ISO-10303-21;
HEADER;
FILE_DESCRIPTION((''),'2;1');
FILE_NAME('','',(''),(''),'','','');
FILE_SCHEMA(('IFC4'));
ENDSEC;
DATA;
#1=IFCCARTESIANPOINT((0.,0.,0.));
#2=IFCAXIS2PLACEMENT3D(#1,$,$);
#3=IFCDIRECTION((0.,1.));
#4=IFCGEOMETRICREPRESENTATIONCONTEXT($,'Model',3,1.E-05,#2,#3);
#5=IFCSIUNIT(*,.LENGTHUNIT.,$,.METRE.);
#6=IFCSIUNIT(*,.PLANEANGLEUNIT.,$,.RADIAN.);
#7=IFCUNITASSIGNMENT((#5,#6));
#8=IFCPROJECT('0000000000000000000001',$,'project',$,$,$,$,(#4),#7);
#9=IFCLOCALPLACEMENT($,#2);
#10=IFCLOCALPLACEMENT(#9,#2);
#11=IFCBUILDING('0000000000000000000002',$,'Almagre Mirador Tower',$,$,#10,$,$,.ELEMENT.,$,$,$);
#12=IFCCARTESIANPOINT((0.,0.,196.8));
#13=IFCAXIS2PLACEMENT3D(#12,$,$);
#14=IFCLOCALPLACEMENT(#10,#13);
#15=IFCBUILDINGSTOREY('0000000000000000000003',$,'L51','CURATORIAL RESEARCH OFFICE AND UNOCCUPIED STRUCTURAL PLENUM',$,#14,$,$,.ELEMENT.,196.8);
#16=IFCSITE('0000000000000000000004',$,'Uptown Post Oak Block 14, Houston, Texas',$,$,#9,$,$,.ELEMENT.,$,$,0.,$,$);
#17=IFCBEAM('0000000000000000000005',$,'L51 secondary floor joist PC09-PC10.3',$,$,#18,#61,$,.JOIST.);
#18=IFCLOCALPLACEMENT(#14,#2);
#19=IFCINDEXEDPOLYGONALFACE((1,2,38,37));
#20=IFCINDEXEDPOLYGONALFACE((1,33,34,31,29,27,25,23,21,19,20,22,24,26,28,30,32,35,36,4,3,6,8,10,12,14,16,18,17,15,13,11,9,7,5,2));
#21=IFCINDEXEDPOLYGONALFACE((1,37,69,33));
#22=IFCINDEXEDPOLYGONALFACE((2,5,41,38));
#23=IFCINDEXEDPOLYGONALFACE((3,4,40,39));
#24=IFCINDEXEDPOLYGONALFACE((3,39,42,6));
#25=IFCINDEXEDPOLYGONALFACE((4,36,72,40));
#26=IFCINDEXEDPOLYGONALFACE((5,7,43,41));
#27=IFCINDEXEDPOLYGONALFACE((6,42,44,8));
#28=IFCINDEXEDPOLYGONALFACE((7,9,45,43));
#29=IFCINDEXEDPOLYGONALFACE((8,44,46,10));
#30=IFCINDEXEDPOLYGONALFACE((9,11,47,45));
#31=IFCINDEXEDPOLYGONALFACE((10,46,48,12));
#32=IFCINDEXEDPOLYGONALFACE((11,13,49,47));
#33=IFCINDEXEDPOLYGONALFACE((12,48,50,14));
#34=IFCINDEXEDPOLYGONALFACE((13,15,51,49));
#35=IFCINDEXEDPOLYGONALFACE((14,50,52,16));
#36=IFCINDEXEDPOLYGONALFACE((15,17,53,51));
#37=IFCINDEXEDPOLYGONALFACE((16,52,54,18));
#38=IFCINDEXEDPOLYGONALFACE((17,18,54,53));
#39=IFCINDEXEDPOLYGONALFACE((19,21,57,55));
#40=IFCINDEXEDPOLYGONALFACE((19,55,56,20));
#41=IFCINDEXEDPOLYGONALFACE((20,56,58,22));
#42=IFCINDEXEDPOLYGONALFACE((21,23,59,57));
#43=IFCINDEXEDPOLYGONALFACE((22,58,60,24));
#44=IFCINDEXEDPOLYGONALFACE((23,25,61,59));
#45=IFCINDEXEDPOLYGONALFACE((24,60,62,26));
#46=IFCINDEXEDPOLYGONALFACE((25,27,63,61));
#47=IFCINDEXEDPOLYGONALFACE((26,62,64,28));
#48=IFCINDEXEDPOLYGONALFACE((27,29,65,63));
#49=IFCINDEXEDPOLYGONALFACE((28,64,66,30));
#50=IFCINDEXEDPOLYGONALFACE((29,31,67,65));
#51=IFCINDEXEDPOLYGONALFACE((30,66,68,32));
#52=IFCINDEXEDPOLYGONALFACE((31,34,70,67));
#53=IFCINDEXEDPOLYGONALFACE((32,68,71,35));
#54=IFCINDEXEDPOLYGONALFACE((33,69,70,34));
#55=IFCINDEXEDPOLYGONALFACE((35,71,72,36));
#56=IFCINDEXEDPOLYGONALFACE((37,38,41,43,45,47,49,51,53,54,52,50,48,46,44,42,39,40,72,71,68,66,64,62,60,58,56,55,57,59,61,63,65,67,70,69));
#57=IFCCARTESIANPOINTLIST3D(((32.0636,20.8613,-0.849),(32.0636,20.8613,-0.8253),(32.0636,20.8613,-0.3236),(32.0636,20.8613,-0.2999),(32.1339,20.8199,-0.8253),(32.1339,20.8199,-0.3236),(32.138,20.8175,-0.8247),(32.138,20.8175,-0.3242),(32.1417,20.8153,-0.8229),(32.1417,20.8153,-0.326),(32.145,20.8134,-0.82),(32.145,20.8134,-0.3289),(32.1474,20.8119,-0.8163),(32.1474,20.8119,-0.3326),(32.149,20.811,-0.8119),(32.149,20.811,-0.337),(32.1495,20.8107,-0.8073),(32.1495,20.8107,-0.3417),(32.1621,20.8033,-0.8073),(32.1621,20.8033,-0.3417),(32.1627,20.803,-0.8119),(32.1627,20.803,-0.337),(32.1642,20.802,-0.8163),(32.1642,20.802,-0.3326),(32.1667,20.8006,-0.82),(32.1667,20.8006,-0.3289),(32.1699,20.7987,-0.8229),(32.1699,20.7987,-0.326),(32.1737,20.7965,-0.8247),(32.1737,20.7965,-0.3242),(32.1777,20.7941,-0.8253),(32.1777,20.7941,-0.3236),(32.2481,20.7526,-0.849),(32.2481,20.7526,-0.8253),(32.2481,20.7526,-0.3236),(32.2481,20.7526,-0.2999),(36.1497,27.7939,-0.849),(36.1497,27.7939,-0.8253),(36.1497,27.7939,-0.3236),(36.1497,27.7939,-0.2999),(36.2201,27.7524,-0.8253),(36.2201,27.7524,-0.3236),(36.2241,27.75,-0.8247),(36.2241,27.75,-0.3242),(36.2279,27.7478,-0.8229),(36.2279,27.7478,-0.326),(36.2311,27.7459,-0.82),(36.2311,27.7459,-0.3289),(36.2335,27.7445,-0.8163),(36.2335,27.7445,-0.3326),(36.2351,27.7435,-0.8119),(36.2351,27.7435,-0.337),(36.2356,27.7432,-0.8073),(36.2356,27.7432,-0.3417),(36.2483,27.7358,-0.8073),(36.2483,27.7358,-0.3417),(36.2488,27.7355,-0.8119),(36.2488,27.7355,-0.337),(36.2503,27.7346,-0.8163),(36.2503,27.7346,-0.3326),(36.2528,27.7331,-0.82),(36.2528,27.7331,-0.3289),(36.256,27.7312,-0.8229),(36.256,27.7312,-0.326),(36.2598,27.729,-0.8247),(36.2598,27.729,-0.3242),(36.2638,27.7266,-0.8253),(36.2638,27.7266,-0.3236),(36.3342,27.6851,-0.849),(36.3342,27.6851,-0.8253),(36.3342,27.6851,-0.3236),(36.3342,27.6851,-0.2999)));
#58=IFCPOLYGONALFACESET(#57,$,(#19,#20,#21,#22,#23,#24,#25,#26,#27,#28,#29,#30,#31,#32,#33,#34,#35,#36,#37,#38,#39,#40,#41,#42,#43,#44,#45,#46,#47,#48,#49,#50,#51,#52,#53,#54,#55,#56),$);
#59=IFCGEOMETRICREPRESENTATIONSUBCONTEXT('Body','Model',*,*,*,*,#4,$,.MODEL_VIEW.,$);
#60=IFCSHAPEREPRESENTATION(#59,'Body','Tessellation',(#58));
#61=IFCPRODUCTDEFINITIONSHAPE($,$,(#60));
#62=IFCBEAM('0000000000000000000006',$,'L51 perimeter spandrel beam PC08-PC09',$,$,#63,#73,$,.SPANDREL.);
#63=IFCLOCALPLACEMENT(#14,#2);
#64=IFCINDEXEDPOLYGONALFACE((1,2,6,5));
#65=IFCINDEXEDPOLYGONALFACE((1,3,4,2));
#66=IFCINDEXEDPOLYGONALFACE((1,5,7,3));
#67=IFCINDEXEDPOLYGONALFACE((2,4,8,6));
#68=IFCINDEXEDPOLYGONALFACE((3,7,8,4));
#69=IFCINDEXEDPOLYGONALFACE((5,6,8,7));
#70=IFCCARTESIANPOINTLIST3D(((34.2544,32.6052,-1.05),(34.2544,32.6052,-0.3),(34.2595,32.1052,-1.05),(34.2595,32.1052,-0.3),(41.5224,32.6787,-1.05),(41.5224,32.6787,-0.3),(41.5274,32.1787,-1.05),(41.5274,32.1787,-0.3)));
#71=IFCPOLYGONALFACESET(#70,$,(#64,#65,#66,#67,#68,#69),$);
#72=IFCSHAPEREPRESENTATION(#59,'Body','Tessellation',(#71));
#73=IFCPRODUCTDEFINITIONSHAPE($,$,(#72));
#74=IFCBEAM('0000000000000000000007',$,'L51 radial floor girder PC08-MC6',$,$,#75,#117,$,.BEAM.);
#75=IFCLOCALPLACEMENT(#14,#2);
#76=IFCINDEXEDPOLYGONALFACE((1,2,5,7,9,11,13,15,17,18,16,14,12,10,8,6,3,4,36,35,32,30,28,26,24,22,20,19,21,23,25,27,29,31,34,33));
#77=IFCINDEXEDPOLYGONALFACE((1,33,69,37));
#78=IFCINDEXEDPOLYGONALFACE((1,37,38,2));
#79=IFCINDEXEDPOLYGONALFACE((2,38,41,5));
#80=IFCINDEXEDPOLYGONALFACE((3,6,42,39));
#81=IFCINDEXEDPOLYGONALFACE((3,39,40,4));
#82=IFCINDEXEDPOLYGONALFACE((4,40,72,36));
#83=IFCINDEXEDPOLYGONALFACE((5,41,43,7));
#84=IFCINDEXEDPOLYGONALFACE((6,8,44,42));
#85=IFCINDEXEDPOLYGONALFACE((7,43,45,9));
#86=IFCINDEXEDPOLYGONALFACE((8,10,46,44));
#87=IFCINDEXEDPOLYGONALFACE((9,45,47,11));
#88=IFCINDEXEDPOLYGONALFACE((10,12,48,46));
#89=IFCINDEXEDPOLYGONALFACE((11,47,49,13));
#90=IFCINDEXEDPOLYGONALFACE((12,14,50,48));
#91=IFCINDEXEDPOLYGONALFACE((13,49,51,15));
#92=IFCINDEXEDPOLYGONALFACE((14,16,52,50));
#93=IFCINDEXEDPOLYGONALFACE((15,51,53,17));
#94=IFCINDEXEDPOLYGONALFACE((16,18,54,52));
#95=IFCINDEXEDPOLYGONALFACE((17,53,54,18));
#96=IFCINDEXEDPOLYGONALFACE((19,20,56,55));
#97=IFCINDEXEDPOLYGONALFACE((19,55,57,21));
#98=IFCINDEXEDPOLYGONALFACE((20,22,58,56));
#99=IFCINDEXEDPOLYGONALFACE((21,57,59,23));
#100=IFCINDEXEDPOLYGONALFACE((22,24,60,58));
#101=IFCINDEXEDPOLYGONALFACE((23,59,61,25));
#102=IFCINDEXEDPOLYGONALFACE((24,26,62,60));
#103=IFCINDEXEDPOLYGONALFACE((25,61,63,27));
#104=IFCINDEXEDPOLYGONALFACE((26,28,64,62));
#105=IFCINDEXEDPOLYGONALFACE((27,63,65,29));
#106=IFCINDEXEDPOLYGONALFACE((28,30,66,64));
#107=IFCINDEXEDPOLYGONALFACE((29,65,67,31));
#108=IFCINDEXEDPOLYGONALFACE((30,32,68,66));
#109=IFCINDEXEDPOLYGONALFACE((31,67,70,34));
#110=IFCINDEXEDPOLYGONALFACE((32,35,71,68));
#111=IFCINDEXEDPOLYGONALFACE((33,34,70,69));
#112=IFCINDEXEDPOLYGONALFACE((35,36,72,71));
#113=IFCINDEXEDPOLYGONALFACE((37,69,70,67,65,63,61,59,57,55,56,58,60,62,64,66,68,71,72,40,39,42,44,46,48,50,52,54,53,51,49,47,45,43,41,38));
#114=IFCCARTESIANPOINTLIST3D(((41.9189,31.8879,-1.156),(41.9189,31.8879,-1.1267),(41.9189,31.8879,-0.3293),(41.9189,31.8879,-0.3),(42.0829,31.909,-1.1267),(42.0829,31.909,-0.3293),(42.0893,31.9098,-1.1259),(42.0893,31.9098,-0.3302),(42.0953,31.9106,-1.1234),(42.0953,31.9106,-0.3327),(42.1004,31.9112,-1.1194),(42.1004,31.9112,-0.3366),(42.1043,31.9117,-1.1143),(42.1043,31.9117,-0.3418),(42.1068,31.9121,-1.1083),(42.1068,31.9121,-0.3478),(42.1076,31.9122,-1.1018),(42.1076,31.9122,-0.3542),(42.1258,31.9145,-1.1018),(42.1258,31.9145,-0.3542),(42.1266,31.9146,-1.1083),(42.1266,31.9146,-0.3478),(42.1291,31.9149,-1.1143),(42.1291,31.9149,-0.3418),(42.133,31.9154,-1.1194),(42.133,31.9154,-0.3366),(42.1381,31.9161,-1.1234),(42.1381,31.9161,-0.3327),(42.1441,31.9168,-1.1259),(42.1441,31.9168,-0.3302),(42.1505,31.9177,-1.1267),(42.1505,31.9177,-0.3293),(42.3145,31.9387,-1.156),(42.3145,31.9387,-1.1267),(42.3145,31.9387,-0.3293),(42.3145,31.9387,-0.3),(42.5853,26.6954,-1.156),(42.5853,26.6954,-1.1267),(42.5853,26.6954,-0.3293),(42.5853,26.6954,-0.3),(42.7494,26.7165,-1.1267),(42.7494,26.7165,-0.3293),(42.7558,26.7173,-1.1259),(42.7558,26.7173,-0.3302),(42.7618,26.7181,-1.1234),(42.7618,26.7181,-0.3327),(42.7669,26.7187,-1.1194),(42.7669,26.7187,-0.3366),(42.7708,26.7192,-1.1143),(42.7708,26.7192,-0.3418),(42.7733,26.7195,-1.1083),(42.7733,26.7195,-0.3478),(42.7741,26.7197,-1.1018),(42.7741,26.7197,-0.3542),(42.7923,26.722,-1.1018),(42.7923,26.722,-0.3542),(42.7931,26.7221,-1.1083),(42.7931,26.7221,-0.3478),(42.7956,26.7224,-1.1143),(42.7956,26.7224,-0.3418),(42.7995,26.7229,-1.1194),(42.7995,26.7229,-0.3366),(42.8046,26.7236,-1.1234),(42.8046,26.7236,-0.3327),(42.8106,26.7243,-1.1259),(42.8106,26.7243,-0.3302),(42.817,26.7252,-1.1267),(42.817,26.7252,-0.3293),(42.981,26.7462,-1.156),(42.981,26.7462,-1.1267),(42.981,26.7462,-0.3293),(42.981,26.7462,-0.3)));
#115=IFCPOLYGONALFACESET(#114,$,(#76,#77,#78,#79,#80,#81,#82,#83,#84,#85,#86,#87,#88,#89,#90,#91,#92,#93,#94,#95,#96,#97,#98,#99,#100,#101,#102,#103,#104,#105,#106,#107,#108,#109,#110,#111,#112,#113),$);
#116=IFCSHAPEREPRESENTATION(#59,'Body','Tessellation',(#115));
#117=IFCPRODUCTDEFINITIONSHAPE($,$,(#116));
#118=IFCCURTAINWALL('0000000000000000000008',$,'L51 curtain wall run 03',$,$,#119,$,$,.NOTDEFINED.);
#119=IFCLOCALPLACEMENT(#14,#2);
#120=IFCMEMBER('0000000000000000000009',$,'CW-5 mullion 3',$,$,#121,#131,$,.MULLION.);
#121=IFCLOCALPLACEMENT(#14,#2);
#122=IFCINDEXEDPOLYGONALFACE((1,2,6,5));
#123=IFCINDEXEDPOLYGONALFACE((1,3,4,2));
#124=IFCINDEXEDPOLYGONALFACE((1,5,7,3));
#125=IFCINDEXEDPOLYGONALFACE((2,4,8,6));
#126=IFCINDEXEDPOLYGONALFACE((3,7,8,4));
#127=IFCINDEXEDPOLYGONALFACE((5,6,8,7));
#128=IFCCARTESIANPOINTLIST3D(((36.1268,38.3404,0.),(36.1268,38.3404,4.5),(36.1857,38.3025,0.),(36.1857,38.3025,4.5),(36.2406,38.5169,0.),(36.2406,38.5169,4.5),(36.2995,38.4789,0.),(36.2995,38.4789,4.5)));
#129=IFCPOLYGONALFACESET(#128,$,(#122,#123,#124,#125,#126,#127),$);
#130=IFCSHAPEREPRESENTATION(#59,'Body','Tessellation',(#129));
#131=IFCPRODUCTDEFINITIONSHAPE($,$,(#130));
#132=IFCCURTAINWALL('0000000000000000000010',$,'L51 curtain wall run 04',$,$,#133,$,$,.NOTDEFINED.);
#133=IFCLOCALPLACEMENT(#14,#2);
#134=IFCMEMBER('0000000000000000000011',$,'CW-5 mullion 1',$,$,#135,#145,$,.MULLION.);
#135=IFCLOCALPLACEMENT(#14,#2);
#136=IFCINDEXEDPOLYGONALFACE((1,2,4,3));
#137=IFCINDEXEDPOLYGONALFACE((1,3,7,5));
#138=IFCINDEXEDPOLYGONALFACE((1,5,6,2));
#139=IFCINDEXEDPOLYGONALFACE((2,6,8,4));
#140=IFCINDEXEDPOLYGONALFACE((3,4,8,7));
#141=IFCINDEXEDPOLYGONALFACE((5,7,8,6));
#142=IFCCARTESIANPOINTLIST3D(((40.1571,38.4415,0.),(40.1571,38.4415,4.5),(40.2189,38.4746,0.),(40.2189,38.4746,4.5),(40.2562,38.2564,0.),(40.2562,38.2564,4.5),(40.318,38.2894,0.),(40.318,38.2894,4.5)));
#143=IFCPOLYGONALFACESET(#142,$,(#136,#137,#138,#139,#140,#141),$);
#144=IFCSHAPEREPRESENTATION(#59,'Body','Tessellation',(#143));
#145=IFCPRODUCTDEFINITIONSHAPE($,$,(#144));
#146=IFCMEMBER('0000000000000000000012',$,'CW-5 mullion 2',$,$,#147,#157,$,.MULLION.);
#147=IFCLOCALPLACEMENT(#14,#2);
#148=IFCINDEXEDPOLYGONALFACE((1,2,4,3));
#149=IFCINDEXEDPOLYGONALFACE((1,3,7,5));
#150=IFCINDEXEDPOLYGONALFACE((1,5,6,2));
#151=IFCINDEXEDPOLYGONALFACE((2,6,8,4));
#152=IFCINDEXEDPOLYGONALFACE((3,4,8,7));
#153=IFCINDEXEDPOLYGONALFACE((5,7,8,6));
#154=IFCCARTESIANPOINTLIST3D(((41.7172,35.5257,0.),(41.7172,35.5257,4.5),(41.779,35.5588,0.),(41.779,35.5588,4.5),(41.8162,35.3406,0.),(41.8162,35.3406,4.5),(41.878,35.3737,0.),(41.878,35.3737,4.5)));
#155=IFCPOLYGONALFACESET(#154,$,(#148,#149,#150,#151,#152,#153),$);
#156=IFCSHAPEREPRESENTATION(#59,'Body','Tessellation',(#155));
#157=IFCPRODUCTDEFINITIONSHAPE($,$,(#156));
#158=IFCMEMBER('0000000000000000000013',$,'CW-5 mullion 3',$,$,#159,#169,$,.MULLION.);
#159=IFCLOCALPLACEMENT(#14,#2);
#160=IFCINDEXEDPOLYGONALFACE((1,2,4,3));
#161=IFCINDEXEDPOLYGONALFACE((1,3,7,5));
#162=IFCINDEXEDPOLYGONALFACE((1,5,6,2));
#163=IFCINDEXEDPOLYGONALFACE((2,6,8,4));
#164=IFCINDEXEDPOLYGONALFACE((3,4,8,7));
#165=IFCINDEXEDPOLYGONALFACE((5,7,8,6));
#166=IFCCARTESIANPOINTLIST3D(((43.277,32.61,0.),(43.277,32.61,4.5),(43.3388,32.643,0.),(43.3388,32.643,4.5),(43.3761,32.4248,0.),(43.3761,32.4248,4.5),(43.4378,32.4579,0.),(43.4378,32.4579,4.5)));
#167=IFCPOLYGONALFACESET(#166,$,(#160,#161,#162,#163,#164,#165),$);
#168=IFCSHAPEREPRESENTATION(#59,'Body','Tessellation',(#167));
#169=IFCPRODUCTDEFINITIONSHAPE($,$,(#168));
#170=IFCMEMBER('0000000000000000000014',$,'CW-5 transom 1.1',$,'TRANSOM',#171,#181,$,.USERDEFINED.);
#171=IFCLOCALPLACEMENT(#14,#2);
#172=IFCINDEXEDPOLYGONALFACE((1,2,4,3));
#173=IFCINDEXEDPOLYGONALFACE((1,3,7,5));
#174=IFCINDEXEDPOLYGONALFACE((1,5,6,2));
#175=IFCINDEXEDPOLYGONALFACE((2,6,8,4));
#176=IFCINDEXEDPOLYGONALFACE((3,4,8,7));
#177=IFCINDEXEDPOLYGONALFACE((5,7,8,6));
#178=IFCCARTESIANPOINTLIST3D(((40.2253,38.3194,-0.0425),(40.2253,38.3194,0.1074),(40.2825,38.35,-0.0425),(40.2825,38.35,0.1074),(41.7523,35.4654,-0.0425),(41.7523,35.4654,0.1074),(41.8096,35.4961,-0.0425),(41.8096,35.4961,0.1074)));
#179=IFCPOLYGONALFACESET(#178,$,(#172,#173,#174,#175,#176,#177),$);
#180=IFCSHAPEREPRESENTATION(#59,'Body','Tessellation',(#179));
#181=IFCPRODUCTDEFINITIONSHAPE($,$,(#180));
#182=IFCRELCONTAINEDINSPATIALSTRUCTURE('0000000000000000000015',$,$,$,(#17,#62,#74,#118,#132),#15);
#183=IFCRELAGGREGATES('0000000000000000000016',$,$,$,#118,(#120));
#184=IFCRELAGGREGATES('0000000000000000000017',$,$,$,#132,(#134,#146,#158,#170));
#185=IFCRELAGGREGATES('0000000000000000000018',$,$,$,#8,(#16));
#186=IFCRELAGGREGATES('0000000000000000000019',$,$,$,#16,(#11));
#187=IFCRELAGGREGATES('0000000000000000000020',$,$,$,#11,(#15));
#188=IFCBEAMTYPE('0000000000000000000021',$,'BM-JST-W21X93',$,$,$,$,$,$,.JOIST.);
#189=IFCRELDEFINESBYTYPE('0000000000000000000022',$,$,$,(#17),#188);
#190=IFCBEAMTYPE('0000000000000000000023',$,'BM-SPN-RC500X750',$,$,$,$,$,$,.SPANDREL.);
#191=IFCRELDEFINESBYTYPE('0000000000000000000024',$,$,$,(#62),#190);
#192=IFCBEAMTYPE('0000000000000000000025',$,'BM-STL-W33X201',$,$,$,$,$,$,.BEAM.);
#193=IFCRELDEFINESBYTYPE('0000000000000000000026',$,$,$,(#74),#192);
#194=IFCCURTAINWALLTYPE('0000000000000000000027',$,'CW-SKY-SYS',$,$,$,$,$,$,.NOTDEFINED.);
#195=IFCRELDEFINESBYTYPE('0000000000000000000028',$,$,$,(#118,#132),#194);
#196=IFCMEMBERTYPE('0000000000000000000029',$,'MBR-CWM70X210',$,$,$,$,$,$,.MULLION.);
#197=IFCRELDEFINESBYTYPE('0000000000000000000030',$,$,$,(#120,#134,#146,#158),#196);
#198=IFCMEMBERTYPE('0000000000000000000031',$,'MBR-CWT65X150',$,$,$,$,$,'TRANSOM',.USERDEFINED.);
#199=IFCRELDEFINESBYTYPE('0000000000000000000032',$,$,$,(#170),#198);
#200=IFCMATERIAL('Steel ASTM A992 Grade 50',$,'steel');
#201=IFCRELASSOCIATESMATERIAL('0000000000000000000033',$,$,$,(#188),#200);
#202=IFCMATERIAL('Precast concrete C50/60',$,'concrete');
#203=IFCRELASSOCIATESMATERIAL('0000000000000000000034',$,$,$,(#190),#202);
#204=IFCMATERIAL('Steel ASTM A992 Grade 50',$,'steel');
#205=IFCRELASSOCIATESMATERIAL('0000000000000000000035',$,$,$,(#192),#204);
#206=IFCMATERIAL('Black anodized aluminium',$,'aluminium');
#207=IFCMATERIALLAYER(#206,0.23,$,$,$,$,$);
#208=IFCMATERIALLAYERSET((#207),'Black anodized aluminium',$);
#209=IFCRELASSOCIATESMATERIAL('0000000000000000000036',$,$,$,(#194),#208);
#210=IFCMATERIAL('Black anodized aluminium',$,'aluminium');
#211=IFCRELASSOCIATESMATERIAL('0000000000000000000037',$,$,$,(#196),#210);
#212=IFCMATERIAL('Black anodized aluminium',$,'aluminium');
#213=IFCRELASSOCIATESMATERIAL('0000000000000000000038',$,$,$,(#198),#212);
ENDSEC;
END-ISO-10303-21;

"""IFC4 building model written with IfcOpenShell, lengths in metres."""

from ifc_helpers import new_model, si_unit, direction, frame, origin, origin_2d, place, context, subcontext, project, spatial, rectangle, i_section, extrude, material, layer, layer_set, material_profile, profile_set, type_object, element, aggregate, save


model = new_model("IFC4")

# Units and contexts
model_context = context("Model", 3, precision=1e-05, world=origin(), true_north=direction((0.0, 1.0)))
body_context = subcontext(model_context, "Body", "Model", "MODEL_VIEW")
ifc_project = project(units=[si_unit("LENGTHUNIT", "METRE"), si_unit("PLANEANGLEUNIT", "RADIAN")], contexts=[model_context])

# Site, building, storey
site_placement = place(None, origin())
site = spatial("IfcSite", under=ifc_project, at=site_placement, Name="Uptown Post Oak Block 14, Houston, Texas", CompositionType="ELEMENT", RefElevation=0.0)
building_placement = place(site_placement, origin())
building = spatial("IfcBuilding", under=site, at=building_placement, Name="Almagre Mirador Tower", CompositionType="ELEMENT")
storey_placement = place(building_placement, frame((0.0, 0.0, 196.8)))
storey = spatial("IfcBuildingStorey", under=building, at=storey_placement, Name="L51", Description="CURATORIAL RESEARCH OFFICE AND UNOCCUPIED STRUCTURAL PLENUM", CompositionType="ELEMENT", Elevation=196.8)

# Beams
ifc_material_1 = material(Name="Steel ASTM A992 Grade 50", Category="steel")
ifc_material_profile_1 = material_profile(ifc_material_1, i_section(OverallWidth=0.2141, OverallDepth=0.5491, WebThickness=0.0146, FlangeThickness=0.0237, FilletRadius=0.0181, at=origin_2d()), Name="W21X93")
ifc_profile_set_1 = profile_set([ifc_material_profile_1], Name="Steel ASTM A992 Grade 50")
beam_type_1 = type_object("IfcBeamType", Name="BM-JST-W21X93", PredefinedType="JOIST", material=ifc_profile_set_1)
beam_1_placement = place(storey_placement, frame((36.2419, 27.7395, -0.5745), z_axis=(-0.507774, -0.86149, 0.0), x_axis=(0.86149, -0.507774, 0.0)))
element("IfcBeam", 1, at=beam_1_placement, inside=storey, type_object=beam_type_1, Name="L51 secondary floor joist PC09-PC10.3", PredefinedType="JOIST", context=body_context, shape_type="SweptSolid", body=[
    extrude(i_section(OverallWidth=0.2141, OverallDepth=0.5491, WebThickness=0.0146, FlangeThickness=0.0237, FilletRadius=0.0181, at=origin_2d()), origin(), (0.0, 0.0, 1.0), 8.0471),
])
ifc_material_2 = material(Name="Precast concrete C50/60", Category="concrete")
ifc_material_profile_2 = material_profile(ifc_material_2, rectangle(XDim=0.5, YDim=0.75, at=origin_2d()), Name="RC500X750")
ifc_profile_set_2 = profile_set([ifc_material_profile_2], Name="Precast concrete C50/60")
beam_type_2 = type_object("IfcBeamType", Name="BM-SPN-RC500X750", PredefinedType="SPANDREL", material=ifc_profile_set_2)
beam_2_placement = place(storey_placement, frame((41.5249, 32.4287, -0.675), z_axis=(-0.999949, -0.010111, 0.0), x_axis=(0.010111, -0.999949, 0.0)))
element("IfcBeam", 2, at=beam_2_placement, inside=storey, type_object=beam_type_2, Name="L51 perimeter spandrel beam PC08-PC09", PredefinedType="SPANDREL", context=body_context, shape_type="SweptSolid", body=[
    extrude(rectangle(XDim=0.5, YDim=0.75, at=origin_2d()), origin(), (0.0, 0.0, 1.0), 7.2683),
])
ifc_material_3 = material(Name="Steel ASTM A992 Grade 50", Category="steel")
ifc_material_profile_3 = material_profile(ifc_material_3, i_section(OverallWidth=0.3989, OverallDepth=0.856, WebThickness=0.0183, FlangeThickness=0.0293, FilletRadius=0.0249, at=origin_2d()), Name="W33X201")
ifc_profile_set_3 = profile_set([ifc_material_profile_3], Name="Steel ASTM A992 Grade 50")
beam_type_3 = type_object("IfcBeamType", Name="BM-STL-W33X201", PredefinedType="BEAM", material=ifc_profile_set_3)
beam_3_placement = place(storey_placement, frame((42.1167, 31.9133, -0.728), z_axis=(0.127311, -0.991863, 0.0), x_axis=(0.991863, 0.127311, 0.0)))
element("IfcBeam", 3, at=beam_3_placement, inside=storey, type_object=beam_type_3, Name="L51 radial floor girder PC08-MC6", PredefinedType="BEAM", context=body_context, shape_type="SweptSolid", body=[
    extrude(i_section(OverallWidth=0.3989, OverallDepth=0.856, WebThickness=0.0183, FlangeThickness=0.0293, FilletRadius=0.0249, at=origin_2d()), origin(), (0.0, 0.0, 1.0), 5.2351),
])

# Curtain wall, member
ifc_material_4 = material(Name="Black anodized aluminium", Category="aluminium")
ifc_layer_1 = layer(ifc_material_4, 0.23)
ifc_layer_set_1 = layer_set([ifc_layer_1], Name="Black anodized aluminium")
curtain_wall_type = type_object("IfcCurtainWallType", Name="CW-SKY-SYS", PredefinedType="NOTDEFINED", material=ifc_layer_set_1)
curtain_wall_1_placement = place(storey_placement, origin())
curtain_wall_1 = element("IfcCurtainWall", 4, at=curtain_wall_1_placement, inside=storey, type_object=curtain_wall_type, Name="L51 curtain wall run 03", PredefinedType="NOTDEFINED")
ifc_material_5 = material(Name="Black anodized aluminium", Category="aluminium")
ifc_material_profile_4 = material_profile(ifc_material_5, rectangle(XDim=0.0701, YDim=0.21, at=origin_2d()), Name="CWM70X210")
ifc_profile_set_4 = profile_set([ifc_material_profile_4], Name="Black anodized aluminium")
member_type_1 = type_object("IfcMemberType", Name="MBR-CWM70X210", PredefinedType="MULLION", material=ifc_profile_set_4)
member_1_placement = place(storey_placement, frame((36.2131, 38.4097, 0.0), z_axis=(0.0, 0.0, 1.0), x_axis=(-0.840361, 0.542026, 0.0)))
member_1 = element("IfcMember", 5, at=member_1_placement, type_object=member_type_1, Name="CW-5 mullion 3", PredefinedType="MULLION", context=body_context, shape_type="SweptSolid", body=[
    extrude(rectangle(XDim=0.0701, YDim=0.21, at=origin_2d()), origin(), (0.0, 0.0, 1.0), 4.5),
])
aggregate(curtain_wall_1, [member_1])

# Curtain wall, members
curtain_wall_2_placement = place(storey_placement, origin())
curtain_wall_2 = element("IfcCurtainWall", 6, at=curtain_wall_2_placement, inside=storey, type_object=curtain_wall_type, Name="L51 curtain wall run 04", PredefinedType="NOTDEFINED")
member_2_placement = place(storey_placement, frame((40.2375, 38.3655, 0.0), z_axis=(0.0, 0.0, 1.0), x_axis=(0.881737, 0.471742, 0.0)))
member_2 = element("IfcMember", 7, at=member_2_placement, type_object=member_type_1, Name="CW-5 mullion 1", PredefinedType="MULLION", context=body_context, shape_type="SweptSolid", body=[
    extrude(rectangle(XDim=0.0701, YDim=0.21, at=origin_2d()), origin(), (0.0, 0.0, 1.0), 4.5),
])
member_3_placement = place(storey_placement, frame((41.7976, 35.4497, 0.0), z_axis=(0.0, 0.0, 1.0), x_axis=(0.881737, 0.471742, 0.0)))
member_3 = element("IfcMember", 8, at=member_3_placement, type_object=member_type_1, Name="CW-5 mullion 2", PredefinedType="MULLION", context=body_context, shape_type="SweptSolid", body=[
    extrude(rectangle(XDim=0.0701, YDim=0.21, at=origin_2d()), origin(), (0.0, 0.0, 1.0), 4.5),
])
member_4_placement = place(storey_placement, frame((43.3574, 32.5339, 0.0), z_axis=(0.0, 0.0, 1.0), x_axis=(0.881737, 0.471742, 0.0)))
member_4 = element("IfcMember", 9, at=member_4_placement, type_object=member_type_1, Name="CW-5 mullion 3", PredefinedType="MULLION", context=body_context, shape_type="SweptSolid", body=[
    extrude(rectangle(XDim=0.0701, YDim=0.21, at=origin_2d()), origin(), (0.0, 0.0, 1.0), 4.5),
])
ifc_material_6 = material(Name="Black anodized aluminium", Category="aluminium")
ifc_material_profile_5 = material_profile(ifc_material_6, rectangle(XDim=0.0649, YDim=0.1499, at=origin_2d()), Name="CWT65X150")
ifc_profile_set_5 = profile_set([ifc_material_profile_5], Name="Black anodized aluminium")
member_type_2 = type_object("IfcMemberType", Name="MBR-CWT65X150", ElementType="TRANSOM", PredefinedType="USERDEFINED", material=ifc_profile_set_5)
member_5_placement = place(storey_placement, frame((40.2539, 38.3347, 0.0325), z_axis=(0.471782, -0.881715, 0.0), x_axis=(0.881715, 0.471782, 0.0)))
member_5 = element("IfcMember", 10, at=member_5_placement, type_object=member_type_2, Name="CW-5 transom 1.1", ObjectType="TRANSOM", PredefinedType="USERDEFINED", context=body_context, shape_type="SweptSolid", body=[
    extrude(rectangle(XDim=0.0649, YDim=0.1499, at=origin_2d()), origin(), (0.0, 0.0, 1.0), 3.2368),
])
aggregate(curtain_wall_2, [member_2, member_3, member_4, member_5])

save(model, "model.ifc")
